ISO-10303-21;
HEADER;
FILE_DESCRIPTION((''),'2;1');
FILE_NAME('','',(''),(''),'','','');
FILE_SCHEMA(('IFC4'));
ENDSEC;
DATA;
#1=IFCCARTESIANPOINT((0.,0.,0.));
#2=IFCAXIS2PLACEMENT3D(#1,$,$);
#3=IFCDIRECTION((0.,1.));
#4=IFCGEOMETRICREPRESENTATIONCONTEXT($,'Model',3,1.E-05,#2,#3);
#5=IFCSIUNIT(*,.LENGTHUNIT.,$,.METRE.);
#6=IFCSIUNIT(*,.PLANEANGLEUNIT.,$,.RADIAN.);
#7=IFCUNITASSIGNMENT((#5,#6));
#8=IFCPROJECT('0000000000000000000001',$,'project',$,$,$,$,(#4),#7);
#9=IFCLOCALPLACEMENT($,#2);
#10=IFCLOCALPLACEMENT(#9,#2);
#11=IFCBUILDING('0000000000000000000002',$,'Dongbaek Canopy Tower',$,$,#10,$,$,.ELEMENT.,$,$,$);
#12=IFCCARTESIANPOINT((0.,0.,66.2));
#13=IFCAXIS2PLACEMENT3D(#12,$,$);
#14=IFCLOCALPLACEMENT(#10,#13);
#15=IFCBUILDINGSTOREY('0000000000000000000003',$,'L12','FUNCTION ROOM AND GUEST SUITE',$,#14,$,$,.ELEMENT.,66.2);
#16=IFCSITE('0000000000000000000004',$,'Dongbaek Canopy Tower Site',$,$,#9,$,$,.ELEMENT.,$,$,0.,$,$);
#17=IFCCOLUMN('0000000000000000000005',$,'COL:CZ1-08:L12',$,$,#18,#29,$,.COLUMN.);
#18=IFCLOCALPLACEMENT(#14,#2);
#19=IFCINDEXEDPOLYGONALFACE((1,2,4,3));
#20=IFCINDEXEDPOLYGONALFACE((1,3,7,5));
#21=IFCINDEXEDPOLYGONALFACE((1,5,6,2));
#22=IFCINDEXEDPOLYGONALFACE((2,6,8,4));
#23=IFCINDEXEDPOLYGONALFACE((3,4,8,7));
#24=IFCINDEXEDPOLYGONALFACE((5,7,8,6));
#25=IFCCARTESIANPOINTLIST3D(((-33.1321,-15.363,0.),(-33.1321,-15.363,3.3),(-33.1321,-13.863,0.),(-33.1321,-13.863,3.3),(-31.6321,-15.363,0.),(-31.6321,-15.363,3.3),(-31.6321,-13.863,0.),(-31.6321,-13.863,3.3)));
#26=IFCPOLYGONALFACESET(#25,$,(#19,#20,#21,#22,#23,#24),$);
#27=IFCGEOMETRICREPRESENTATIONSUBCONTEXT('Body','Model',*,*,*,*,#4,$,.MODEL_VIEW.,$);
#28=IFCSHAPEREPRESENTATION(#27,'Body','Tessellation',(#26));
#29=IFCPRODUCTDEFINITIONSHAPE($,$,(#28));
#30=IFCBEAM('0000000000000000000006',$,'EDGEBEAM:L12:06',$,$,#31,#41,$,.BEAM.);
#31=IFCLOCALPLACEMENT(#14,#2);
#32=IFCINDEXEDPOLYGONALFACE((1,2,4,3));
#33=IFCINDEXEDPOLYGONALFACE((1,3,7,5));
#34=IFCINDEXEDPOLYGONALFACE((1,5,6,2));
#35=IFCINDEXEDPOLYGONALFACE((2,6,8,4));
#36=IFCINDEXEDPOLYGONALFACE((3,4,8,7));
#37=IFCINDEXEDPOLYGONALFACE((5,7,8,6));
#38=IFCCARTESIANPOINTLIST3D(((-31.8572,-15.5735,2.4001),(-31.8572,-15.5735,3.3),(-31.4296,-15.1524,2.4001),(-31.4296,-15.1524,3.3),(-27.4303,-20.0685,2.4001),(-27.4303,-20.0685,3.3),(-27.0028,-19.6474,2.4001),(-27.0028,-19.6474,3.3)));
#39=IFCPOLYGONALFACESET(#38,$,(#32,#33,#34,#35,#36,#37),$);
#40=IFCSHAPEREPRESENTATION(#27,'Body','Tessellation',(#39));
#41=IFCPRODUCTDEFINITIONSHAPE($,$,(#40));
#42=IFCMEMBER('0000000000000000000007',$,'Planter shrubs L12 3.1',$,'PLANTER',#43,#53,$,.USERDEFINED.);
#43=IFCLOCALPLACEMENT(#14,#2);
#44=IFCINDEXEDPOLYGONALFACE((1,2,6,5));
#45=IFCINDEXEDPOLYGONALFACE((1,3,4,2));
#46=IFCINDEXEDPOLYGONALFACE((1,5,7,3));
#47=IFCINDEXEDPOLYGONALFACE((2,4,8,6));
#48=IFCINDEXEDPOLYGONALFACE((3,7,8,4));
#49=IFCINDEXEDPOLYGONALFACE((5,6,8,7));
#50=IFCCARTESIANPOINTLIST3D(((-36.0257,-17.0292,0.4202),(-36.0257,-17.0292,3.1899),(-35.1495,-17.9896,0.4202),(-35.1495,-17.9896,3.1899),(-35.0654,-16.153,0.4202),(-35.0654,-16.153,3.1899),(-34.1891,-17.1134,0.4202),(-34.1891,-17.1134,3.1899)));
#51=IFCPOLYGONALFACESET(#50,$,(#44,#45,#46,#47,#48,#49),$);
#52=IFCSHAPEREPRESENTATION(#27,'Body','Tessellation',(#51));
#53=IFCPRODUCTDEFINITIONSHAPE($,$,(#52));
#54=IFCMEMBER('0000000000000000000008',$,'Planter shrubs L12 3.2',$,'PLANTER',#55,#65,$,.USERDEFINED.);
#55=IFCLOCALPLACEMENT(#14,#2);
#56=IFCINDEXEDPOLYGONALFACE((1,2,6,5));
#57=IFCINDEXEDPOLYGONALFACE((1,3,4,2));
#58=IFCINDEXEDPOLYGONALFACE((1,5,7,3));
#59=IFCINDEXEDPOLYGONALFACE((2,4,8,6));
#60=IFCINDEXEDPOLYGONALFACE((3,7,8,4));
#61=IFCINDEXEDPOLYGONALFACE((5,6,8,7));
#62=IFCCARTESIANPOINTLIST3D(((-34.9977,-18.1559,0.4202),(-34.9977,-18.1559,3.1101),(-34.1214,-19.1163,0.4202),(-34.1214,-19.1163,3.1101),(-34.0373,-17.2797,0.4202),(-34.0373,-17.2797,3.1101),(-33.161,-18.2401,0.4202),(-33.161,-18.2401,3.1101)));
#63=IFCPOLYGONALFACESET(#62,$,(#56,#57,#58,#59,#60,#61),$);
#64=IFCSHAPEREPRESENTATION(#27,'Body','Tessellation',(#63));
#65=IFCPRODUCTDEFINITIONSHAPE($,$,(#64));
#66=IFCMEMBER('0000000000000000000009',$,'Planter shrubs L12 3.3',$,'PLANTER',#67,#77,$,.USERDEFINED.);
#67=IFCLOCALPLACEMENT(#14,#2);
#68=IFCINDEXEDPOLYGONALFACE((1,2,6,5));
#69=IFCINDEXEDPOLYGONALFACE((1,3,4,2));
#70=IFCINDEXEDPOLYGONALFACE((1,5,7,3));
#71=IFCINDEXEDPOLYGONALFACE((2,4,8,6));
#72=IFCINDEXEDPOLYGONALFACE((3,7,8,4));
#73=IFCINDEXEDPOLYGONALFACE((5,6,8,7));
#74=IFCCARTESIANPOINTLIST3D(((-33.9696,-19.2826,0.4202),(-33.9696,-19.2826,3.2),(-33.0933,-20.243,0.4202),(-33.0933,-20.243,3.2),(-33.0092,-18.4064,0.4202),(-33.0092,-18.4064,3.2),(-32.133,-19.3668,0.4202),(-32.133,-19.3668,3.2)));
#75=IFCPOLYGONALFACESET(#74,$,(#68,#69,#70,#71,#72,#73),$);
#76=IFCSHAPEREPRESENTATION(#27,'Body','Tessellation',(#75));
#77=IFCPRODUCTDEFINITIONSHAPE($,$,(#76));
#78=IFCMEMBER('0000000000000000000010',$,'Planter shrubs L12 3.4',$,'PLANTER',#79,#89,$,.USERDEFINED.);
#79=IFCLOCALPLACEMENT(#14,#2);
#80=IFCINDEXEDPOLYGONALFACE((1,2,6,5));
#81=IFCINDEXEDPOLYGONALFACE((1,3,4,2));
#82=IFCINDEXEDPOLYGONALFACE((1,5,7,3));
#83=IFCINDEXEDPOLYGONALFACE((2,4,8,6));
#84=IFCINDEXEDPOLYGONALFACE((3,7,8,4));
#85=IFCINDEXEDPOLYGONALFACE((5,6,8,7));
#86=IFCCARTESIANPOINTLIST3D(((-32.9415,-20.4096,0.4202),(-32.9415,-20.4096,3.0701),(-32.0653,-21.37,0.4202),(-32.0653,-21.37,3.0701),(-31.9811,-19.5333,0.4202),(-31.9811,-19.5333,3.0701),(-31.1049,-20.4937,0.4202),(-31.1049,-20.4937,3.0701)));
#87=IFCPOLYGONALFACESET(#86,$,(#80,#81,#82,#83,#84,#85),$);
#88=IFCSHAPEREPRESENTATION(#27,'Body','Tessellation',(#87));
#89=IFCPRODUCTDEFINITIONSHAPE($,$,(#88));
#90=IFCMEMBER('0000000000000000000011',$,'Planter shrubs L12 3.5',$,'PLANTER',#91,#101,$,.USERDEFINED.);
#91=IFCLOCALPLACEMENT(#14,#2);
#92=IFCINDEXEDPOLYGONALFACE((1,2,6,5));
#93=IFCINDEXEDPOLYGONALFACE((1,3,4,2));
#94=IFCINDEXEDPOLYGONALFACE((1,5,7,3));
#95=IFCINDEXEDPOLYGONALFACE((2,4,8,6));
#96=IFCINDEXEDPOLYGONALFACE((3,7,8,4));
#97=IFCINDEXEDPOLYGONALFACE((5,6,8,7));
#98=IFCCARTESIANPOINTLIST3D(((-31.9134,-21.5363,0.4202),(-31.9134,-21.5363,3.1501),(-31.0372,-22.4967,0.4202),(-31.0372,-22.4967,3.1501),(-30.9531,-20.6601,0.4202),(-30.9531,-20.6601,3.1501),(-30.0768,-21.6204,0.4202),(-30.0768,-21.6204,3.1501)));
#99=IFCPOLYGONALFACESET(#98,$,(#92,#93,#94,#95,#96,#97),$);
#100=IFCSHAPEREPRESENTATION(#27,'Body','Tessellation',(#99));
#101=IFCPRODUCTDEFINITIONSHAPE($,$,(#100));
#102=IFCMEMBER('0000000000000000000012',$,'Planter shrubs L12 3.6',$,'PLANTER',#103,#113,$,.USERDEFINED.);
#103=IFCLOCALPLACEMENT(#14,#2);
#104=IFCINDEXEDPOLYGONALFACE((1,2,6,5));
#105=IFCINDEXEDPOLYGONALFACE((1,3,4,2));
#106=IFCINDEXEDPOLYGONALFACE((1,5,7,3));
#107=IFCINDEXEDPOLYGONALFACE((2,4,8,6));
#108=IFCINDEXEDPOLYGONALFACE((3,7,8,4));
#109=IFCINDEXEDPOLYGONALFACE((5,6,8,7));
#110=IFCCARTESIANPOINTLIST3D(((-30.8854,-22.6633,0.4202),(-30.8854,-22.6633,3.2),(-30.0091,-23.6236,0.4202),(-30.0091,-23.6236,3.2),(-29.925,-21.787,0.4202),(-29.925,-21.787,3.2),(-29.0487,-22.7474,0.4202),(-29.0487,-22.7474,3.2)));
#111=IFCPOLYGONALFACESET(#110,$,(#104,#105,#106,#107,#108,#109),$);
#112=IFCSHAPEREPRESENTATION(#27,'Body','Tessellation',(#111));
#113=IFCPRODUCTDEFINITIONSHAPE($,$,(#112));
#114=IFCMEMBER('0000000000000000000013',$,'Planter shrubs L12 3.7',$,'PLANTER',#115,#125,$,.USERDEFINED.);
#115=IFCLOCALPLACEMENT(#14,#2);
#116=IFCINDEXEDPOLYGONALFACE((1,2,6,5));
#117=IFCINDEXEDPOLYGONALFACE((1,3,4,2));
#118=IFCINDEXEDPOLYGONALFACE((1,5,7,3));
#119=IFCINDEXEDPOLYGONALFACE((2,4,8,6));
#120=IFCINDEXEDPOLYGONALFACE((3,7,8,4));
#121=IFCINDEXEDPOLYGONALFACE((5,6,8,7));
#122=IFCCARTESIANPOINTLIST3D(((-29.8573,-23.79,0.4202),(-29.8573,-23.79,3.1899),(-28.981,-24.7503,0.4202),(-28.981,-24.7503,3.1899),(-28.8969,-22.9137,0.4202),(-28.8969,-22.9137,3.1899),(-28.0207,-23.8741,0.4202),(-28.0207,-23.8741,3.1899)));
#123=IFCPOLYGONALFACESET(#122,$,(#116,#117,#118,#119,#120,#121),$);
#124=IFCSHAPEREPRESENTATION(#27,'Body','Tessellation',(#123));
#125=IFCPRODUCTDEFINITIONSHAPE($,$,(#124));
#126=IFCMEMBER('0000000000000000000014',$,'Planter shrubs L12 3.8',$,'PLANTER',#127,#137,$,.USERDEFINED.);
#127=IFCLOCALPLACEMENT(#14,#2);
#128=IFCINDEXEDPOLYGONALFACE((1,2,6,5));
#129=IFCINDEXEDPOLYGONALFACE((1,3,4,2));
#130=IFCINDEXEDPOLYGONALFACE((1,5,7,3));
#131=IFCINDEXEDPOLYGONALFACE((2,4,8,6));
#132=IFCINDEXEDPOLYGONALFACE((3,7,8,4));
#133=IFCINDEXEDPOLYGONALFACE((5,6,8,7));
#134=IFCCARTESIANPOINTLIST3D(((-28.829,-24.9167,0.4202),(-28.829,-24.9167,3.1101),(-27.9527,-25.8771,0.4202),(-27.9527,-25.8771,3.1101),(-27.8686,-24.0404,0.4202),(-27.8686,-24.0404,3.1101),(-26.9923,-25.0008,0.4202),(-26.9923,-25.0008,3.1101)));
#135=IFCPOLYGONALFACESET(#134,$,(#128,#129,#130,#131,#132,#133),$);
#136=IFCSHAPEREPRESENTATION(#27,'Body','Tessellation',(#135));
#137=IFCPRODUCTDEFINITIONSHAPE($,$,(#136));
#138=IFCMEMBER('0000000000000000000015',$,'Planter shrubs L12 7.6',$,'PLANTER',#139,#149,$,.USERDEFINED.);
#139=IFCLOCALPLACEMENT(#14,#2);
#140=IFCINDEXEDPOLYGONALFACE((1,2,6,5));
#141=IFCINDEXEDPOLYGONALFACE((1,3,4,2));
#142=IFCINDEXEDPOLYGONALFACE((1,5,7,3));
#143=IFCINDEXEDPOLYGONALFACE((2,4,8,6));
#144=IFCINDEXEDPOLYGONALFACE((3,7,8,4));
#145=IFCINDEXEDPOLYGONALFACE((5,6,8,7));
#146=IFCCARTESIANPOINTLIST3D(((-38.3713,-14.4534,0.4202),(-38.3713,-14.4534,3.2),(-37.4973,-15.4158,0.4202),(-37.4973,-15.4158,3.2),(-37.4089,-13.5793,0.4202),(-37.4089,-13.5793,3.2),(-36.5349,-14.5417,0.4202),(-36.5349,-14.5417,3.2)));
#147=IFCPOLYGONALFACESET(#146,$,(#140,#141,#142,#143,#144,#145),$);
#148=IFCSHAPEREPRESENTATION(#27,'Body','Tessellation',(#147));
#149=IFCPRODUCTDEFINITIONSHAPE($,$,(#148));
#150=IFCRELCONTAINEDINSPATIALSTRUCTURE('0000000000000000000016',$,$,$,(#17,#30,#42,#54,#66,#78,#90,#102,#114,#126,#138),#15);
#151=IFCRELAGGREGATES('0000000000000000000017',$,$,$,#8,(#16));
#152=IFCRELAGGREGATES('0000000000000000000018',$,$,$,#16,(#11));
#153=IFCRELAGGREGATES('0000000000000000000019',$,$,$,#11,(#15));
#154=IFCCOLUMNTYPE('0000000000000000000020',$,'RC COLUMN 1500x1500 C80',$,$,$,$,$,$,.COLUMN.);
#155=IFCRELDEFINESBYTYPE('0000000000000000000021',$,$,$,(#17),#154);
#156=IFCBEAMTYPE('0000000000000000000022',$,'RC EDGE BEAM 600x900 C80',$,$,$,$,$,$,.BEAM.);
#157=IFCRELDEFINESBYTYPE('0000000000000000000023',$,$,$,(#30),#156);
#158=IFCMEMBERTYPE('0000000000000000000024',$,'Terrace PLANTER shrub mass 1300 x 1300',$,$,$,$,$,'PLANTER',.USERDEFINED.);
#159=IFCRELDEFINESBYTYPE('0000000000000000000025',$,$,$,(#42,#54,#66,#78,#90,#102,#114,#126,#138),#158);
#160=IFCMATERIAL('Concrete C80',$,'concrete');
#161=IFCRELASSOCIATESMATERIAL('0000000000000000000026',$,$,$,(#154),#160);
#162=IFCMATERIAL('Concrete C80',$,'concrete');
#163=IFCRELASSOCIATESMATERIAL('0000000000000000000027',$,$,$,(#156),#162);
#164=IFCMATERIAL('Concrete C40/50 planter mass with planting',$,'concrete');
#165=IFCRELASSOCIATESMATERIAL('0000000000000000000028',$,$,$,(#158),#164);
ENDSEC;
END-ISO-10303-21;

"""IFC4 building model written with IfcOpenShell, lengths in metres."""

from ifc_helpers import new_model, si_unit, direction, frame, origin, origin_2d, place, context, subcontext, project, spatial, rectangle, extrude, material, material_profile, profile_set, type_object, element, save


model = new_model("IFC4")

# Units and contexts
model_context = context("Model", 3, precision=1e-05, world=origin(), true_north=direction((0.0, 1.0)))
body_context = subcontext(model_context, "Body", "Model", "MODEL_VIEW")
ifc_project = project(units=[si_unit("LENGTHUNIT", "METRE"), si_unit("PLANEANGLEUNIT", "RADIAN")], contexts=[model_context])

# Site, building, storey
site_placement = place(None, origin())
site = spatial("IfcSite", under=ifc_project, at=site_placement, Name="Dongbaek Canopy Tower Site", CompositionType="ELEMENT", RefElevation=0.0)
building_placement = place(site_placement, origin())
building = spatial("IfcBuilding", under=site, at=building_placement, Name="Dongbaek Canopy Tower", CompositionType="ELEMENT")
storey_placement = place(building_placement, frame((0.0, 0.0, 66.2)))
storey = spatial("IfcBuildingStorey", under=building, at=storey_placement, Name="L12", Description="FUNCTION ROOM AND GUEST SUITE", CompositionType="ELEMENT", Elevation=66.2)

# Column
ifc_material_1 = material(Name="Concrete C80", Category="concrete")
ifc_material_profile_1 = material_profile(ifc_material_1, rectangle(XDim=1.5, YDim=1.5, at=origin_2d()), Name="RC COLUMN 1500x1500 C80")
ifc_profile_set_1 = profile_set([ifc_material_profile_1], Name="Concrete C80")
column_type = type_object("IfcColumnType", Name="RC COLUMN 1500x1500 C80", PredefinedType="COLUMN", material=ifc_profile_set_1)
column_placement = place(storey_placement, frame((-32.3821, -14.613, 0.0), z_axis=(0.0, 0.0, 1.0), x_axis=(1.0, 0.0, 0.0)))
element("IfcColumn", 1, at=column_placement, inside=storey, type_object=column_type, Name="COL:CZ1-08:L12", PredefinedType="COLUMN", context=body_context, shape_type="SweptSolid", body=[
    extrude(rectangle(XDim=1.5, YDim=1.5, at=origin_2d()), origin(), (0.0, 0.0, 1.0), 3.3),
])

# Beam
ifc_material_2 = material(Name="Concrete C80", Category="concrete")
ifc_material_profile_2 = material_profile(ifc_material_2, rectangle(XDim=0.6001, YDim=0.8999, at=origin_2d()), Name="RC EDGE BEAM 600x900 C80")
ifc_profile_set_2 = profile_set([ifc_material_profile_2], Name="Concrete C80")
beam_type = type_object("IfcBeamType", Name="RC EDGE BEAM 600x900 C80", PredefinedType="BEAM", material=ifc_profile_set_2)
beam_placement = place(storey_placement, frame((-27.2166, -19.8579, 2.8501), z_axis=(-0.701688, 0.712485, 0.0), x_axis=(-0.712485, -0.701688, 0.0)))
element("IfcBeam", 2, at=beam_placement, inside=storey, type_object=beam_type, Name="EDGEBEAM:L12:06", PredefinedType="BEAM", context=body_context, shape_type="SweptSolid", body=[
    extrude(rectangle(XDim=0.6001, YDim=0.8999, at=origin_2d()), origin(), (0.0, 0.0, 1.0), 6.3088),
])

# Members
ifc_material_3 = material(Name="Concrete C40/50 planter mass with planting", Category="concrete")
ifc_material_profile_3 = material_profile(ifc_material_3, rectangle(XDim=1.3, YDim=1.3, at=origin_2d()), Name="Terrace PLANTER shrub mass 1300 x 1300")
ifc_profile_set_3 = profile_set([ifc_material_profile_3], Name="Concrete C40/50 planter mass with planting")
member_type = type_object("IfcMemberType", Name="Terrace PLANTER shrub mass 1300 x 1300", ElementType="PLANTER", PredefinedType="USERDEFINED", material=ifc_profile_set_3)
member_1_placement = place(storey_placement, frame((-35.1074, -17.0713, 0.4202), z_axis=(0.0, 0.0, 1.0), x_axis=(-0.73872, -0.674012, 0.0)))
element("IfcMember", 3, at=member_1_placement, inside=storey, type_object=member_type, Name="Planter shrubs L12 3.1", ObjectType="PLANTER", PredefinedType="USERDEFINED", context=body_context, shape_type="SweptSolid", body=[
    extrude(rectangle(XDim=1.3, YDim=1.3, at=origin_2d()), origin(), (0.0, 0.0, 1.0), 2.7698),
])
member_2_placement = place(storey_placement, frame((-34.0793, -18.198, 0.4202), z_axis=(0.0, 0.0, 1.0), x_axis=(-0.73872, -0.674012, 0.0)))
element("IfcMember", 4, at=member_2_placement, inside=storey, type_object=member_type, Name="Planter shrubs L12 3.2", ObjectType="PLANTER", PredefinedType="USERDEFINED", context=body_context, shape_type="SweptSolid", body=[
    extrude(rectangle(XDim=1.3, YDim=1.3, at=origin_2d()), origin(), (0.0, 0.0, 1.0), 2.6899),
])
member_3_placement = place(storey_placement, frame((-33.0513, -19.3247, 0.4202), z_axis=(0.0, 0.0, 1.0), x_axis=(-0.73872, -0.674012, 0.0)))
element("IfcMember", 5, at=member_3_placement, inside=storey, type_object=member_type, Name="Planter shrubs L12 3.3", ObjectType="PLANTER", PredefinedType="USERDEFINED", context=body_context, shape_type="SweptSolid", body=[
    extrude(rectangle(XDim=1.3, YDim=1.3, at=origin_2d()), origin(), (0.0, 0.0, 1.0), 2.7798),
])
member_4_placement = place(storey_placement, frame((-32.0232, -20.4517, 0.4202), z_axis=(0.0, 0.0, 1.0), x_axis=(-0.73872, -0.674012, 0.0)))
element("IfcMember", 6, at=member_4_placement, inside=storey, type_object=member_type, Name="Planter shrubs L12 3.4", ObjectType="PLANTER", PredefinedType="USERDEFINED", context=body_context, shape_type="SweptSolid", body=[
    extrude(rectangle(XDim=1.3, YDim=1.3, at=origin_2d()), origin(), (0.0, 0.0, 1.0), 2.6499),
])
member_5_placement = place(storey_placement, frame((-30.9951, -21.5784, 0.4202), z_axis=(0.0, 0.0, 1.0), x_axis=(-0.73872, -0.674012, 0.0)))
element("IfcMember", 7, at=member_5_placement, inside=storey, type_object=member_type, Name="Planter shrubs L12 3.5", ObjectType="PLANTER", PredefinedType="USERDEFINED", context=body_context, shape_type="SweptSolid", body=[
    extrude(rectangle(XDim=1.3, YDim=1.3, at=origin_2d()), origin(), (0.0, 0.0, 1.0), 2.73),
])
member_6_placement = place(storey_placement, frame((-29.967, -22.7053, 0.4202), z_axis=(0.0, 0.0, 1.0), x_axis=(-0.73872, -0.674012, 0.0)))
element("IfcMember", 8, at=member_6_placement, inside=storey, type_object=member_type, Name="Planter shrubs L12 3.6", ObjectType="PLANTER", PredefinedType="USERDEFINED", context=body_context, shape_type="SweptSolid", body=[
    extrude(rectangle(XDim=1.3, YDim=1.3, at=origin_2d()), origin(), (0.0, 0.0, 1.0), 2.7798),
])
member_7_placement = place(storey_placement, frame((-28.939, -23.832, 0.4202), z_axis=(0.0, 0.0, 1.0), x_axis=(-0.73872, -0.674012, 0.0)))
element("IfcMember", 9, at=member_7_placement, inside=storey, type_object=member_type, Name="Planter shrubs L12 3.7", ObjectType="PLANTER", PredefinedType="USERDEFINED", context=body_context, shape_type="SweptSolid", body=[
    extrude(rectangle(XDim=1.3, YDim=1.3, at=origin_2d()), origin(), (0.0, 0.0, 1.0), 2.7698),
])
member_8_placement = place(storey_placement, frame((-27.9106, -24.9587, 0.4202), z_axis=(0.0, 0.0, 1.0), x_axis=(-0.73872, -0.674012, 0.0)))
element("IfcMember", 10, at=member_8_placement, inside=storey, type_object=member_type, Name="Planter shrubs L12 3.8", ObjectType="PLANTER", PredefinedType="USERDEFINED", context=body_context, shape_type="SweptSolid", body=[
    extrude(rectangle(XDim=1.3, YDim=1.3, at=origin_2d()), origin(), (0.0, 0.0, 1.0), 2.6899),
])
member_9_placement = place(storey_placement, frame((-37.4531, -14.4976, 0.4202), z_axis=(0.0, 0.0, 1.0), x_axis=(-0.740276, -0.672303, 0.0)))
element("IfcMember", 11, at=member_9_placement, inside=storey, type_object=member_type, Name="Planter shrubs L12 7.6", ObjectType="PLANTER", PredefinedType="USERDEFINED", context=body_context, shape_type="SweptSolid", body=[
    extrude(rectangle(XDim=1.3, YDim=1.3, at=origin_2d()), origin(), (0.0, 0.0, 1.0), 2.7798),
])

save(model, "model.ifc")
